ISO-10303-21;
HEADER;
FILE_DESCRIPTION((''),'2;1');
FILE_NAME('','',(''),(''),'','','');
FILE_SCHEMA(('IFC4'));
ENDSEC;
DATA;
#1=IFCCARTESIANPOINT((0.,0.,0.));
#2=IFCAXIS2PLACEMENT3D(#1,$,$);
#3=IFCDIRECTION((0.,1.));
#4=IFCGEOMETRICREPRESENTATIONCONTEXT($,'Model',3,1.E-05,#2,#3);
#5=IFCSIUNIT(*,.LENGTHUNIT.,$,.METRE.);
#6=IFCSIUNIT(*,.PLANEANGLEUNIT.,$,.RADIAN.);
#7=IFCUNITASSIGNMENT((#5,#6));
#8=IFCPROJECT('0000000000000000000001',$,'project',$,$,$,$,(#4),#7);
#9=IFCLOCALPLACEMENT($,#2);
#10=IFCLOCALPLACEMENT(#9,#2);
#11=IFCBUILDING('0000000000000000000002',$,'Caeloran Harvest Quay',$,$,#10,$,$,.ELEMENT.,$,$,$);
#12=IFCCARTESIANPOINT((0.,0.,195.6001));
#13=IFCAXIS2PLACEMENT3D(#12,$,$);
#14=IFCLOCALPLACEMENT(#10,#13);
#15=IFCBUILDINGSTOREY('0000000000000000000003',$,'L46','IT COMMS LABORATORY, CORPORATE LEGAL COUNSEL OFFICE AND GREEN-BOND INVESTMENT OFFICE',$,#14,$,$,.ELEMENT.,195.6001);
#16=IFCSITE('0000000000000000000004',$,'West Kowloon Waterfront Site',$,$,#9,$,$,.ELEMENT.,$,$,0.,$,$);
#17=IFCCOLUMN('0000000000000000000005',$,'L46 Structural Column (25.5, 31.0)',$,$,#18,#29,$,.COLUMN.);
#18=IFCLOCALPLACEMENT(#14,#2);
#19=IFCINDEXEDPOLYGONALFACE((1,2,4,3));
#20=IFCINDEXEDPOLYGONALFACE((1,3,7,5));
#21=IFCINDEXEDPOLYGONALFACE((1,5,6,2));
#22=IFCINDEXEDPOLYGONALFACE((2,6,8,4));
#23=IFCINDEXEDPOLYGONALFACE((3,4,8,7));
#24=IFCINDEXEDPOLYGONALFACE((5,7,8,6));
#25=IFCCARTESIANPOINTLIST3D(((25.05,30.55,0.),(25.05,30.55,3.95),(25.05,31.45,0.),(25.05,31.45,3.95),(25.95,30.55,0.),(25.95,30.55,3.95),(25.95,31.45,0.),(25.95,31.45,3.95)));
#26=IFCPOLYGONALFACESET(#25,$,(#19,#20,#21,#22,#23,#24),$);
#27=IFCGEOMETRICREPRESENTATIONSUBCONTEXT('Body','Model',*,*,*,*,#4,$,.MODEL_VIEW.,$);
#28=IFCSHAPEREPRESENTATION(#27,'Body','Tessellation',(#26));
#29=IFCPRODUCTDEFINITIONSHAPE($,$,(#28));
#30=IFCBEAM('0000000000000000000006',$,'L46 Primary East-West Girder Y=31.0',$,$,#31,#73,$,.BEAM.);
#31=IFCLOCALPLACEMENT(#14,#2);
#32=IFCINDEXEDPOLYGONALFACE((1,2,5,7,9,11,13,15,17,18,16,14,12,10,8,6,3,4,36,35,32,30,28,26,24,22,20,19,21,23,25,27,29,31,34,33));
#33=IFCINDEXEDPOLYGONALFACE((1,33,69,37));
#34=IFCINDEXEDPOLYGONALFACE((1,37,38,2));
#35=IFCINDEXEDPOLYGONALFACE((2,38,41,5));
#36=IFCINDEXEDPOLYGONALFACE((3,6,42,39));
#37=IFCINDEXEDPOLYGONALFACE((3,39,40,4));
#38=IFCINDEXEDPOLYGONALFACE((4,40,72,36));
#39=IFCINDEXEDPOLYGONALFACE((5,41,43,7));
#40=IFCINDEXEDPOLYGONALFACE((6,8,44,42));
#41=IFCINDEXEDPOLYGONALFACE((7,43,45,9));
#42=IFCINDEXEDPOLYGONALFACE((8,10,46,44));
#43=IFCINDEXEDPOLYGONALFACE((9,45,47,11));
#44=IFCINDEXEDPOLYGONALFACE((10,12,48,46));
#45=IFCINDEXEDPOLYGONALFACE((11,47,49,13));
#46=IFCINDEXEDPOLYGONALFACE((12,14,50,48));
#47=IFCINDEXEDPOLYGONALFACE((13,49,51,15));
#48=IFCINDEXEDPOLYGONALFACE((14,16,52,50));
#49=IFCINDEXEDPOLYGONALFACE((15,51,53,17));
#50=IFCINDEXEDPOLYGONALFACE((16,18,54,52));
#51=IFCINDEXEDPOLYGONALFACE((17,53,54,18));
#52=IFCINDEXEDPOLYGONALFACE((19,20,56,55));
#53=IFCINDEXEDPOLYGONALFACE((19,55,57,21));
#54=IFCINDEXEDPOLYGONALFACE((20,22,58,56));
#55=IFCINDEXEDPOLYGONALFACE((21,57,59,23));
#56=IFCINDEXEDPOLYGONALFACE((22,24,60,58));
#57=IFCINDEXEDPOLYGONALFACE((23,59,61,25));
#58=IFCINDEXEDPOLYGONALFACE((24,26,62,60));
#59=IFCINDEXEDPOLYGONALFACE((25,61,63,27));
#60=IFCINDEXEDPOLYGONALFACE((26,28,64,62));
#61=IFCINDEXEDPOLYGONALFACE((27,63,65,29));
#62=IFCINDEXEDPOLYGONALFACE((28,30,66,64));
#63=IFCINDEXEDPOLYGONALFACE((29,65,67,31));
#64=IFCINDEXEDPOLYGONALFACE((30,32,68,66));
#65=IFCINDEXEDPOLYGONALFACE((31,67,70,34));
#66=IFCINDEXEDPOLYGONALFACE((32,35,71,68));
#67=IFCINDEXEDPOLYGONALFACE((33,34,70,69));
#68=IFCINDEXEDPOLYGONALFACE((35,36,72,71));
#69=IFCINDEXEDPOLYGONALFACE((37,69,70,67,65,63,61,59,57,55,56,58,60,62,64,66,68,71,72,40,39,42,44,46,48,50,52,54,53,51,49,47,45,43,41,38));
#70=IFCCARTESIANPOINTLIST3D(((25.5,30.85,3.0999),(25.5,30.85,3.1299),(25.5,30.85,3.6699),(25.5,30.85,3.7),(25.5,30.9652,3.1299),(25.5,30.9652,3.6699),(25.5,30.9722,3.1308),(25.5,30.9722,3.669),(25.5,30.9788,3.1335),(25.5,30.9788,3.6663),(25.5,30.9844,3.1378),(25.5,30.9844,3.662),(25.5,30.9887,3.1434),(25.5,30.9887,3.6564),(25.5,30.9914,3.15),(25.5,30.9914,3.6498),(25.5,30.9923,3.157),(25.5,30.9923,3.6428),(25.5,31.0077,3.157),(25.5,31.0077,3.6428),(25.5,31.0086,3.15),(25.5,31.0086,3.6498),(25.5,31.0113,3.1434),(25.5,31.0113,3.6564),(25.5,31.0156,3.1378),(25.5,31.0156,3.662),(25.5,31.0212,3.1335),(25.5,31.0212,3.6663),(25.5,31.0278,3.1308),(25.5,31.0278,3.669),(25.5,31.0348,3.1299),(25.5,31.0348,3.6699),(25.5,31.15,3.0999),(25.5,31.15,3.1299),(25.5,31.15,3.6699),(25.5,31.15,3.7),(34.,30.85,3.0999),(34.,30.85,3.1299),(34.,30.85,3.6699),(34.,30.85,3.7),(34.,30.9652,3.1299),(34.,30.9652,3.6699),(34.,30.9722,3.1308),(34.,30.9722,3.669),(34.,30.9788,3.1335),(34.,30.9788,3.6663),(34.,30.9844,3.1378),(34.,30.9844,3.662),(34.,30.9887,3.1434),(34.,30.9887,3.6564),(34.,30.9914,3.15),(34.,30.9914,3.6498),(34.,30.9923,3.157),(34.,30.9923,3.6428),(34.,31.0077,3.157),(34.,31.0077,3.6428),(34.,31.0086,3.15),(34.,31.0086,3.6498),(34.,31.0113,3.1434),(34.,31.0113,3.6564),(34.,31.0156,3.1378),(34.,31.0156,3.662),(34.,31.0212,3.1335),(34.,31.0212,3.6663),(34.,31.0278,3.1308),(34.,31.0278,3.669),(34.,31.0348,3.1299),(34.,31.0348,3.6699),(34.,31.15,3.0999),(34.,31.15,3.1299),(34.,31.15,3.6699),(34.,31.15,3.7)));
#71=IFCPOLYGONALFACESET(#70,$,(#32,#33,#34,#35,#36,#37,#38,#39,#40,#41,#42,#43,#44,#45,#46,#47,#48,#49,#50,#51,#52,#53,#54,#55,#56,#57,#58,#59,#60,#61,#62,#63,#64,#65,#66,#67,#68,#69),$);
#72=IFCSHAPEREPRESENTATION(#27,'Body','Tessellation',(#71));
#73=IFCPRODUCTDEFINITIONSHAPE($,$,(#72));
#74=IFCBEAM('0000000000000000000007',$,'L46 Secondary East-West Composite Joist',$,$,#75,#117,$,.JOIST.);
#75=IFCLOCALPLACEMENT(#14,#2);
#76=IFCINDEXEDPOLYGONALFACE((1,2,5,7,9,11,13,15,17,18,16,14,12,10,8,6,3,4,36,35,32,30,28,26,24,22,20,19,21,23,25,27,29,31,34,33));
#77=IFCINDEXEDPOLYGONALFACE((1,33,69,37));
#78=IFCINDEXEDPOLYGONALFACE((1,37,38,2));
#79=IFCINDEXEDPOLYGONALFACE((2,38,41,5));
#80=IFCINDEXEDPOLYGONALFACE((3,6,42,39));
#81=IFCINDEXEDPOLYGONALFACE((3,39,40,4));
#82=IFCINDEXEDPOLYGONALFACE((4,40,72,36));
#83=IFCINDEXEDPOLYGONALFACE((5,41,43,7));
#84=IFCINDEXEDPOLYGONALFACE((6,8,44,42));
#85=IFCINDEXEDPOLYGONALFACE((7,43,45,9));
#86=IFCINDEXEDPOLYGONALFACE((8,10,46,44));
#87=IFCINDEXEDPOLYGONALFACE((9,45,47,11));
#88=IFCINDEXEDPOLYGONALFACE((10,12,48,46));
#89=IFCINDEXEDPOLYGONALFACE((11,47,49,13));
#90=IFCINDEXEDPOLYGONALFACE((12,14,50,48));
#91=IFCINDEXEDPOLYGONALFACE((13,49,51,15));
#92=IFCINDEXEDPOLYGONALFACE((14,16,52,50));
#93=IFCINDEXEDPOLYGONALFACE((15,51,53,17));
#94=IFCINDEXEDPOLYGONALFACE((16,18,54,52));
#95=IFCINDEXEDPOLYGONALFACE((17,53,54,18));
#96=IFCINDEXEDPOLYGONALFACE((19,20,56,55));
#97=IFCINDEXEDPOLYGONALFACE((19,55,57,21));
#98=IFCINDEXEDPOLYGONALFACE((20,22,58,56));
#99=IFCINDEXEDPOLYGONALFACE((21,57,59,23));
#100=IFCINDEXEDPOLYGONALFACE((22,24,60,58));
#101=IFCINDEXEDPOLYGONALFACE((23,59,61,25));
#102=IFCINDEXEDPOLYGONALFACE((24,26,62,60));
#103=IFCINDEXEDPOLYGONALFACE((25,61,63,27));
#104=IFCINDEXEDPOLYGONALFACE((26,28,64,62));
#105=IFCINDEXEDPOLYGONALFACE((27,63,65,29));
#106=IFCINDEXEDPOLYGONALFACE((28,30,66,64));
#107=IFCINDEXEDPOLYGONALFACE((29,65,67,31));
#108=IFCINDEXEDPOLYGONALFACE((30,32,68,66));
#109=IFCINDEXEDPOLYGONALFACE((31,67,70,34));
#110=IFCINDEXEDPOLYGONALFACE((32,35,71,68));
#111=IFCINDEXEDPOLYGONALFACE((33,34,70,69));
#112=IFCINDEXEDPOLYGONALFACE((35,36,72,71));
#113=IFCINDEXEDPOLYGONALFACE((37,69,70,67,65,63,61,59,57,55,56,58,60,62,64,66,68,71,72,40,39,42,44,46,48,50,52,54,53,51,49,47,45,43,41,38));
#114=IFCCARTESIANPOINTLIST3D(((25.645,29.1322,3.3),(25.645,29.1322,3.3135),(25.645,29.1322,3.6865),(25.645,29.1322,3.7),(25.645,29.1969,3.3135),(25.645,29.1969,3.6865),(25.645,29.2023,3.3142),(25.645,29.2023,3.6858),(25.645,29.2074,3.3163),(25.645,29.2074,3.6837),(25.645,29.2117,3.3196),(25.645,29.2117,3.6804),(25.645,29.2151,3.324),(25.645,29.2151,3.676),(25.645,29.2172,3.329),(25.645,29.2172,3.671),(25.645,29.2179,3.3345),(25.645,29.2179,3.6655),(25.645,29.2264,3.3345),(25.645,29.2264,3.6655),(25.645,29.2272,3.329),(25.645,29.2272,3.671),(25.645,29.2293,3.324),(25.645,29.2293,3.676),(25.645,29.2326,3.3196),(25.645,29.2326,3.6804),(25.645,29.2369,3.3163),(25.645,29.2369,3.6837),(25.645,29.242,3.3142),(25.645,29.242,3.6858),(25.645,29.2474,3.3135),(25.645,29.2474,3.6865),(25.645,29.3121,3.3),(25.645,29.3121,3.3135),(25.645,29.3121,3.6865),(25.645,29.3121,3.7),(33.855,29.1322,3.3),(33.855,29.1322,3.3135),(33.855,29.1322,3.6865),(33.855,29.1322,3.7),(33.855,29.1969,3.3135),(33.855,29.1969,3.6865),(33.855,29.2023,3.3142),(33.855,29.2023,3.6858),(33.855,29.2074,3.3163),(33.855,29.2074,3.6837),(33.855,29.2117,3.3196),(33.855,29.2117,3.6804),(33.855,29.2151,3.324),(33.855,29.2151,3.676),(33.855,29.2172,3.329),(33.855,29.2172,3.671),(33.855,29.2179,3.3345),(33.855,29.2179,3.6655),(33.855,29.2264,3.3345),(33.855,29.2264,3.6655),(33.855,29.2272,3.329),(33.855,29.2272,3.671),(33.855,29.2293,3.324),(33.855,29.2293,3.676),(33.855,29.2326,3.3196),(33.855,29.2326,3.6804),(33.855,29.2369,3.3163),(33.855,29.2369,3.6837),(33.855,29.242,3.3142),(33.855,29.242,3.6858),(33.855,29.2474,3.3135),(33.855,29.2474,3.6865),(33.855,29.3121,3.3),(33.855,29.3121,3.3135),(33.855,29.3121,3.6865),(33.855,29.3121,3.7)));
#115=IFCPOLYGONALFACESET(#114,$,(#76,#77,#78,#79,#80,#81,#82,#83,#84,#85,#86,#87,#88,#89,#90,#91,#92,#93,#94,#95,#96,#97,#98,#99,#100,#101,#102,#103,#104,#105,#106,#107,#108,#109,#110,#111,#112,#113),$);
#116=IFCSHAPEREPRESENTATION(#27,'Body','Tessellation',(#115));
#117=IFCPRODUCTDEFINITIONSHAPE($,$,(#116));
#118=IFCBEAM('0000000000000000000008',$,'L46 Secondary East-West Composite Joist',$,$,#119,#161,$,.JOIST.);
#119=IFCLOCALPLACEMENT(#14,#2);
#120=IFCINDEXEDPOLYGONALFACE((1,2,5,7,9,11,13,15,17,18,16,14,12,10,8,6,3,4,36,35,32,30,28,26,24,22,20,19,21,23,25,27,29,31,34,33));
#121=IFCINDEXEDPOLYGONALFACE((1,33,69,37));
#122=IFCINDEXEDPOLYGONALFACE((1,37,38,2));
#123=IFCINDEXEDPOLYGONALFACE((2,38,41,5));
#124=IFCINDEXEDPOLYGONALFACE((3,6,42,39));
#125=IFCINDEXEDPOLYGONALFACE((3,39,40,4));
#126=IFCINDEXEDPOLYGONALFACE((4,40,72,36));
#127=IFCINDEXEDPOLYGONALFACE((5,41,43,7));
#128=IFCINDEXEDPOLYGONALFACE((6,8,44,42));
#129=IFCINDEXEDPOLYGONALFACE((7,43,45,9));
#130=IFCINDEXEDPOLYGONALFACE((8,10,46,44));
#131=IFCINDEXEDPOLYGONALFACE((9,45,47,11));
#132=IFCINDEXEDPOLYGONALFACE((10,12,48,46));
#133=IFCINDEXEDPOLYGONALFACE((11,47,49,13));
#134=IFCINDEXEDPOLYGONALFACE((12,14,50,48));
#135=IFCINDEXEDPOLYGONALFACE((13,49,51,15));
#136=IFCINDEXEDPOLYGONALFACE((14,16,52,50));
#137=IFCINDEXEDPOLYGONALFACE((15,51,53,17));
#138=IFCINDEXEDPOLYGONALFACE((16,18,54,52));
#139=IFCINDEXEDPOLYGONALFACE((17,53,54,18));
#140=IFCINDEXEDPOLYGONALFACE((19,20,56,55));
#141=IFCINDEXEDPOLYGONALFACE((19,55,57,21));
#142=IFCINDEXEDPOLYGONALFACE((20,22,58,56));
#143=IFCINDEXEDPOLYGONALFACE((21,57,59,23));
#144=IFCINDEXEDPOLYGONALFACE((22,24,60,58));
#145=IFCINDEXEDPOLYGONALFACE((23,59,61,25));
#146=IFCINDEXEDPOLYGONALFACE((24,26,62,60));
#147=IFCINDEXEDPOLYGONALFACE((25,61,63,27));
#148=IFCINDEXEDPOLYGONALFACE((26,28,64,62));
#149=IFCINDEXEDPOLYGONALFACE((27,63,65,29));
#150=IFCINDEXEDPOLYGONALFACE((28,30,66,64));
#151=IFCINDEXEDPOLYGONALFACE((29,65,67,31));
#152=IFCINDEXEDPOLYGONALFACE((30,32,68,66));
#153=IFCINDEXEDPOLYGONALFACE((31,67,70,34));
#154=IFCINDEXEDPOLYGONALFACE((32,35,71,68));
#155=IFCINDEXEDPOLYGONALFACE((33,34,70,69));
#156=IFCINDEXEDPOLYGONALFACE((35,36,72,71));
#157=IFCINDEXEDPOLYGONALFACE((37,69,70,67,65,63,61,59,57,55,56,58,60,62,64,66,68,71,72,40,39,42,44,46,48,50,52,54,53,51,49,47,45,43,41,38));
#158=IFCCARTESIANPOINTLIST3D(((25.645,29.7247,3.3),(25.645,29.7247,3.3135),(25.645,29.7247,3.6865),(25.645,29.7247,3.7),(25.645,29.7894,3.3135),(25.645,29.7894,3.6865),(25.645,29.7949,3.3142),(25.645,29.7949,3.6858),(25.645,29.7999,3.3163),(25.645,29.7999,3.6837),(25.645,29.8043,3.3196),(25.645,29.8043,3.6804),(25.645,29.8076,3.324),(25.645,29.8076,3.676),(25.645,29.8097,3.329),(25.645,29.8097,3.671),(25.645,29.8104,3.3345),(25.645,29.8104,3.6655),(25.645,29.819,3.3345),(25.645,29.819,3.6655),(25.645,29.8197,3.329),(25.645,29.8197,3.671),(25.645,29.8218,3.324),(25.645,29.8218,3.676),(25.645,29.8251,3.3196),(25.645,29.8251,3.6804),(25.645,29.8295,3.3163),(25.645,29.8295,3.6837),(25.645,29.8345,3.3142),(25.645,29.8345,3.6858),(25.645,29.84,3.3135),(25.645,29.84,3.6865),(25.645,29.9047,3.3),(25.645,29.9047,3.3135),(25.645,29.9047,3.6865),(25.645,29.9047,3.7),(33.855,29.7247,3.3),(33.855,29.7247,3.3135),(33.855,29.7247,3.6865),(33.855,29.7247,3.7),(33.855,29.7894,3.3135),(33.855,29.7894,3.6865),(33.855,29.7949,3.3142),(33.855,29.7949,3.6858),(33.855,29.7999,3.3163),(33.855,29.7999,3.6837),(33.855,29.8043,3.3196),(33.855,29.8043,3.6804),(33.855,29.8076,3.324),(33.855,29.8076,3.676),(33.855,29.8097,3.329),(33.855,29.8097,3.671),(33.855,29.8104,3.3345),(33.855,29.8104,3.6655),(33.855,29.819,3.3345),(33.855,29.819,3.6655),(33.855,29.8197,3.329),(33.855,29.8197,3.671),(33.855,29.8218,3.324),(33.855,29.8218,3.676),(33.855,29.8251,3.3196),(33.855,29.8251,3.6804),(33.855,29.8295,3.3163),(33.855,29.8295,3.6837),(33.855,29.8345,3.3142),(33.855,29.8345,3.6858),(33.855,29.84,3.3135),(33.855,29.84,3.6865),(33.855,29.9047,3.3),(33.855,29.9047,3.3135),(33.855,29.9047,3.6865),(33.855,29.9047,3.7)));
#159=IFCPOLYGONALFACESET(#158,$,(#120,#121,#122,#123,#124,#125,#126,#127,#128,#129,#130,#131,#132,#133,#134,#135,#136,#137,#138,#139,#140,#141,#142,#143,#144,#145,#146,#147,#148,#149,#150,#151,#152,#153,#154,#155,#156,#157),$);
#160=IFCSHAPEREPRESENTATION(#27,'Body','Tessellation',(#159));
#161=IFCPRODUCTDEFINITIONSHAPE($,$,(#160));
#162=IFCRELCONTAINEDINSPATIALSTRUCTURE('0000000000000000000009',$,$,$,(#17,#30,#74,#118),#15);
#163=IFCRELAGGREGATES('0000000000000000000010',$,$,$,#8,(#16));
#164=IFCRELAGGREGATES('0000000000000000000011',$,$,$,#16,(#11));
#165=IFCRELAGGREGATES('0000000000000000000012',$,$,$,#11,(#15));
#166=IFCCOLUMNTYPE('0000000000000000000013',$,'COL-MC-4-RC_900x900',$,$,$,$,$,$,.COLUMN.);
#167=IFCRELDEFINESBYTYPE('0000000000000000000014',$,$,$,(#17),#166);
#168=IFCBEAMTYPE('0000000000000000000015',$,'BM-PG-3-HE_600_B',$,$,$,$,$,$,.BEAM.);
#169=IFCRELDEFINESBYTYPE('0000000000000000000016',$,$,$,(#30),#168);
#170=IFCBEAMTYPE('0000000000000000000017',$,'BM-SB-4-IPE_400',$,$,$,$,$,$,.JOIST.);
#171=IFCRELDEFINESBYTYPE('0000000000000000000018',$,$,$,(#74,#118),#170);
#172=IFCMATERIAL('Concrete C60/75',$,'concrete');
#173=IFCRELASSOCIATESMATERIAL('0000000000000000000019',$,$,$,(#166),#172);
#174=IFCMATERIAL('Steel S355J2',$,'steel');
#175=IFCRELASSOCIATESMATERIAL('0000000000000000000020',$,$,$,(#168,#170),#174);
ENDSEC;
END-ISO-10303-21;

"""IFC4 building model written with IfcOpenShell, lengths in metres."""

from ifc_helpers import new_model, si_unit, direction, frame, origin, origin_2d, place, context, subcontext, project, spatial, rectangle, i_section, extrude, material, material_profile, profile_set, type_object, element, save


model = new_model("IFC4")

# Units and contexts
model_context = context("Model", 3, precision=1e-05, world=origin(), true_north=direction((0.0, 1.0)))
body_context = subcontext(model_context, "Body", "Model", "MODEL_VIEW")
ifc_project = project(units=[si_unit("LENGTHUNIT", "METRE"), si_unit("PLANEANGLEUNIT", "RADIAN")], contexts=[model_context])

# Site, building, storey
site_placement = place(None, origin())
site = spatial("IfcSite", under=ifc_project, at=site_placement, Name="West Kowloon Waterfront Site", CompositionType="ELEMENT", RefElevation=0.0)
building_placement = place(site_placement, origin())
building = spatial("IfcBuilding", under=site, at=building_placement, Name="Caeloran Harvest Quay", CompositionType="ELEMENT")
storey_placement = place(building_placement, frame((0.0, 0.0, 195.6001)))
storey = spatial("IfcBuildingStorey", under=building, at=storey_placement, Name="L46", Description="IT COMMS LABORATORY, CORPORATE LEGAL COUNSEL OFFICE AND GREEN-BOND INVESTMENT OFFICE", CompositionType="ELEMENT", Elevation=195.6001)

# Column
ifc_material_1 = material(Name="Concrete C60/75", Category="concrete")
ifc_material_profile_1 = material_profile(ifc_material_1, rectangle(XDim=0.8999, YDim=0.8999, at=origin_2d()), Name="RC 900x900")
ifc_profile_set_1 = profile_set([ifc_material_profile_1], Name="Concrete C60/75")
column_type = type_object("IfcColumnType", Name="COL-MC-4-RC_900x900", PredefinedType="COLUMN", material=ifc_profile_set_1)
column_placement = place(storey_placement, frame((25.5, 31.0, 0.0), z_axis=(0.0, 0.0, 1.0), x_axis=(1.0, 0.0, 0.0)))
element("IfcColumn", 1, at=column_placement, inside=storey, type_object=column_type, Name="L46 Structural Column (25.5, 31.0)", PredefinedType="COLUMN", context=body_context, shape_type="SweptSolid", body=[
    extrude(rectangle(XDim=0.8999, YDim=0.8999, at=origin_2d()), origin(), (0.0, 0.0, 1.0), 3.95),
])

# Beams
ifc_material_2 = material(Name="Steel S355J2", Category="steel")
ifc_material_profile_2 = material_profile(ifc_material_2, i_section(OverallWidth=0.3, OverallDepth=0.6001, WebThickness=0.0154, FlangeThickness=0.03, FilletRadius=0.0271, at=origin_2d()), Name="HE 600 B")
ifc_profile_set_2 = profile_set([ifc_material_profile_2], Name="Steel S355J2")
beam_type_1 = type_object("IfcBeamType", Name="BM-PG-3-HE_600_B", PredefinedType="BEAM", material=ifc_profile_set_2)
beam_placement = place(storey_placement, frame((25.5, 31.0, 3.3999), z_axis=(1.0, 0.0, 0.0), x_axis=(0.0, 1.0, 0.0)))
element("IfcBeam", 2, at=beam_placement, inside=storey, type_object=beam_type_1, Name="L46 Primary East-West Girder Y=31.0", PredefinedType="BEAM", context=body_context, shape_type="SweptSolid", body=[
    extrude(i_section(OverallWidth=0.3, OverallDepth=0.6001, WebThickness=0.0154, FlangeThickness=0.03, FilletRadius=0.0271, at=origin_2d()), origin(), (0.0, 0.0, 1.0), 8.5),
])
ifc_material_profile_3 = material_profile(ifc_material_2, i_section(OverallWidth=0.1799, OverallDepth=0.3999, WebThickness=0.0085, FlangeThickness=0.0134, FilletRadius=0.021, at=origin_2d()), Name="IPE 400")
ifc_profile_set_3 = profile_set([ifc_material_profile_3], Name="Steel S355J2")
beam_type_2 = type_object("IfcBeamType", Name="BM-SB-4-IPE_400", PredefinedType="JOIST", material=ifc_profile_set_3)
for number, where, z_axis, x_axis, name in (
    (3, (25.645, 29.2222, 3.5), (1.0, 0.0, 0.0), (0.0, 1.0, 0.0), "L46 Secondary East-West Composite Joist"),
    (4, (25.645, 29.8147, 3.5), (1.0, 0.0, 0.0), (0.0, 1.0, 0.0), "L46 Secondary East-West Composite Joist"),
):
    element("IfcBeam", number, at=place(storey_placement, frame(where, z_axis=z_axis, x_axis=x_axis)), inside=storey, type_object=beam_type_2, Name=name, PredefinedType="JOIST", context=body_context, shape_type="SweptSolid", body=[
        extrude(i_section(OverallWidth=0.1799, OverallDepth=0.3999, WebThickness=0.0085, FlangeThickness=0.0134, FilletRadius=0.021, at=origin_2d()), origin(), (0.0, 0.0, 1.0), 8.21),
    ])

save(model, "model.ifc")
